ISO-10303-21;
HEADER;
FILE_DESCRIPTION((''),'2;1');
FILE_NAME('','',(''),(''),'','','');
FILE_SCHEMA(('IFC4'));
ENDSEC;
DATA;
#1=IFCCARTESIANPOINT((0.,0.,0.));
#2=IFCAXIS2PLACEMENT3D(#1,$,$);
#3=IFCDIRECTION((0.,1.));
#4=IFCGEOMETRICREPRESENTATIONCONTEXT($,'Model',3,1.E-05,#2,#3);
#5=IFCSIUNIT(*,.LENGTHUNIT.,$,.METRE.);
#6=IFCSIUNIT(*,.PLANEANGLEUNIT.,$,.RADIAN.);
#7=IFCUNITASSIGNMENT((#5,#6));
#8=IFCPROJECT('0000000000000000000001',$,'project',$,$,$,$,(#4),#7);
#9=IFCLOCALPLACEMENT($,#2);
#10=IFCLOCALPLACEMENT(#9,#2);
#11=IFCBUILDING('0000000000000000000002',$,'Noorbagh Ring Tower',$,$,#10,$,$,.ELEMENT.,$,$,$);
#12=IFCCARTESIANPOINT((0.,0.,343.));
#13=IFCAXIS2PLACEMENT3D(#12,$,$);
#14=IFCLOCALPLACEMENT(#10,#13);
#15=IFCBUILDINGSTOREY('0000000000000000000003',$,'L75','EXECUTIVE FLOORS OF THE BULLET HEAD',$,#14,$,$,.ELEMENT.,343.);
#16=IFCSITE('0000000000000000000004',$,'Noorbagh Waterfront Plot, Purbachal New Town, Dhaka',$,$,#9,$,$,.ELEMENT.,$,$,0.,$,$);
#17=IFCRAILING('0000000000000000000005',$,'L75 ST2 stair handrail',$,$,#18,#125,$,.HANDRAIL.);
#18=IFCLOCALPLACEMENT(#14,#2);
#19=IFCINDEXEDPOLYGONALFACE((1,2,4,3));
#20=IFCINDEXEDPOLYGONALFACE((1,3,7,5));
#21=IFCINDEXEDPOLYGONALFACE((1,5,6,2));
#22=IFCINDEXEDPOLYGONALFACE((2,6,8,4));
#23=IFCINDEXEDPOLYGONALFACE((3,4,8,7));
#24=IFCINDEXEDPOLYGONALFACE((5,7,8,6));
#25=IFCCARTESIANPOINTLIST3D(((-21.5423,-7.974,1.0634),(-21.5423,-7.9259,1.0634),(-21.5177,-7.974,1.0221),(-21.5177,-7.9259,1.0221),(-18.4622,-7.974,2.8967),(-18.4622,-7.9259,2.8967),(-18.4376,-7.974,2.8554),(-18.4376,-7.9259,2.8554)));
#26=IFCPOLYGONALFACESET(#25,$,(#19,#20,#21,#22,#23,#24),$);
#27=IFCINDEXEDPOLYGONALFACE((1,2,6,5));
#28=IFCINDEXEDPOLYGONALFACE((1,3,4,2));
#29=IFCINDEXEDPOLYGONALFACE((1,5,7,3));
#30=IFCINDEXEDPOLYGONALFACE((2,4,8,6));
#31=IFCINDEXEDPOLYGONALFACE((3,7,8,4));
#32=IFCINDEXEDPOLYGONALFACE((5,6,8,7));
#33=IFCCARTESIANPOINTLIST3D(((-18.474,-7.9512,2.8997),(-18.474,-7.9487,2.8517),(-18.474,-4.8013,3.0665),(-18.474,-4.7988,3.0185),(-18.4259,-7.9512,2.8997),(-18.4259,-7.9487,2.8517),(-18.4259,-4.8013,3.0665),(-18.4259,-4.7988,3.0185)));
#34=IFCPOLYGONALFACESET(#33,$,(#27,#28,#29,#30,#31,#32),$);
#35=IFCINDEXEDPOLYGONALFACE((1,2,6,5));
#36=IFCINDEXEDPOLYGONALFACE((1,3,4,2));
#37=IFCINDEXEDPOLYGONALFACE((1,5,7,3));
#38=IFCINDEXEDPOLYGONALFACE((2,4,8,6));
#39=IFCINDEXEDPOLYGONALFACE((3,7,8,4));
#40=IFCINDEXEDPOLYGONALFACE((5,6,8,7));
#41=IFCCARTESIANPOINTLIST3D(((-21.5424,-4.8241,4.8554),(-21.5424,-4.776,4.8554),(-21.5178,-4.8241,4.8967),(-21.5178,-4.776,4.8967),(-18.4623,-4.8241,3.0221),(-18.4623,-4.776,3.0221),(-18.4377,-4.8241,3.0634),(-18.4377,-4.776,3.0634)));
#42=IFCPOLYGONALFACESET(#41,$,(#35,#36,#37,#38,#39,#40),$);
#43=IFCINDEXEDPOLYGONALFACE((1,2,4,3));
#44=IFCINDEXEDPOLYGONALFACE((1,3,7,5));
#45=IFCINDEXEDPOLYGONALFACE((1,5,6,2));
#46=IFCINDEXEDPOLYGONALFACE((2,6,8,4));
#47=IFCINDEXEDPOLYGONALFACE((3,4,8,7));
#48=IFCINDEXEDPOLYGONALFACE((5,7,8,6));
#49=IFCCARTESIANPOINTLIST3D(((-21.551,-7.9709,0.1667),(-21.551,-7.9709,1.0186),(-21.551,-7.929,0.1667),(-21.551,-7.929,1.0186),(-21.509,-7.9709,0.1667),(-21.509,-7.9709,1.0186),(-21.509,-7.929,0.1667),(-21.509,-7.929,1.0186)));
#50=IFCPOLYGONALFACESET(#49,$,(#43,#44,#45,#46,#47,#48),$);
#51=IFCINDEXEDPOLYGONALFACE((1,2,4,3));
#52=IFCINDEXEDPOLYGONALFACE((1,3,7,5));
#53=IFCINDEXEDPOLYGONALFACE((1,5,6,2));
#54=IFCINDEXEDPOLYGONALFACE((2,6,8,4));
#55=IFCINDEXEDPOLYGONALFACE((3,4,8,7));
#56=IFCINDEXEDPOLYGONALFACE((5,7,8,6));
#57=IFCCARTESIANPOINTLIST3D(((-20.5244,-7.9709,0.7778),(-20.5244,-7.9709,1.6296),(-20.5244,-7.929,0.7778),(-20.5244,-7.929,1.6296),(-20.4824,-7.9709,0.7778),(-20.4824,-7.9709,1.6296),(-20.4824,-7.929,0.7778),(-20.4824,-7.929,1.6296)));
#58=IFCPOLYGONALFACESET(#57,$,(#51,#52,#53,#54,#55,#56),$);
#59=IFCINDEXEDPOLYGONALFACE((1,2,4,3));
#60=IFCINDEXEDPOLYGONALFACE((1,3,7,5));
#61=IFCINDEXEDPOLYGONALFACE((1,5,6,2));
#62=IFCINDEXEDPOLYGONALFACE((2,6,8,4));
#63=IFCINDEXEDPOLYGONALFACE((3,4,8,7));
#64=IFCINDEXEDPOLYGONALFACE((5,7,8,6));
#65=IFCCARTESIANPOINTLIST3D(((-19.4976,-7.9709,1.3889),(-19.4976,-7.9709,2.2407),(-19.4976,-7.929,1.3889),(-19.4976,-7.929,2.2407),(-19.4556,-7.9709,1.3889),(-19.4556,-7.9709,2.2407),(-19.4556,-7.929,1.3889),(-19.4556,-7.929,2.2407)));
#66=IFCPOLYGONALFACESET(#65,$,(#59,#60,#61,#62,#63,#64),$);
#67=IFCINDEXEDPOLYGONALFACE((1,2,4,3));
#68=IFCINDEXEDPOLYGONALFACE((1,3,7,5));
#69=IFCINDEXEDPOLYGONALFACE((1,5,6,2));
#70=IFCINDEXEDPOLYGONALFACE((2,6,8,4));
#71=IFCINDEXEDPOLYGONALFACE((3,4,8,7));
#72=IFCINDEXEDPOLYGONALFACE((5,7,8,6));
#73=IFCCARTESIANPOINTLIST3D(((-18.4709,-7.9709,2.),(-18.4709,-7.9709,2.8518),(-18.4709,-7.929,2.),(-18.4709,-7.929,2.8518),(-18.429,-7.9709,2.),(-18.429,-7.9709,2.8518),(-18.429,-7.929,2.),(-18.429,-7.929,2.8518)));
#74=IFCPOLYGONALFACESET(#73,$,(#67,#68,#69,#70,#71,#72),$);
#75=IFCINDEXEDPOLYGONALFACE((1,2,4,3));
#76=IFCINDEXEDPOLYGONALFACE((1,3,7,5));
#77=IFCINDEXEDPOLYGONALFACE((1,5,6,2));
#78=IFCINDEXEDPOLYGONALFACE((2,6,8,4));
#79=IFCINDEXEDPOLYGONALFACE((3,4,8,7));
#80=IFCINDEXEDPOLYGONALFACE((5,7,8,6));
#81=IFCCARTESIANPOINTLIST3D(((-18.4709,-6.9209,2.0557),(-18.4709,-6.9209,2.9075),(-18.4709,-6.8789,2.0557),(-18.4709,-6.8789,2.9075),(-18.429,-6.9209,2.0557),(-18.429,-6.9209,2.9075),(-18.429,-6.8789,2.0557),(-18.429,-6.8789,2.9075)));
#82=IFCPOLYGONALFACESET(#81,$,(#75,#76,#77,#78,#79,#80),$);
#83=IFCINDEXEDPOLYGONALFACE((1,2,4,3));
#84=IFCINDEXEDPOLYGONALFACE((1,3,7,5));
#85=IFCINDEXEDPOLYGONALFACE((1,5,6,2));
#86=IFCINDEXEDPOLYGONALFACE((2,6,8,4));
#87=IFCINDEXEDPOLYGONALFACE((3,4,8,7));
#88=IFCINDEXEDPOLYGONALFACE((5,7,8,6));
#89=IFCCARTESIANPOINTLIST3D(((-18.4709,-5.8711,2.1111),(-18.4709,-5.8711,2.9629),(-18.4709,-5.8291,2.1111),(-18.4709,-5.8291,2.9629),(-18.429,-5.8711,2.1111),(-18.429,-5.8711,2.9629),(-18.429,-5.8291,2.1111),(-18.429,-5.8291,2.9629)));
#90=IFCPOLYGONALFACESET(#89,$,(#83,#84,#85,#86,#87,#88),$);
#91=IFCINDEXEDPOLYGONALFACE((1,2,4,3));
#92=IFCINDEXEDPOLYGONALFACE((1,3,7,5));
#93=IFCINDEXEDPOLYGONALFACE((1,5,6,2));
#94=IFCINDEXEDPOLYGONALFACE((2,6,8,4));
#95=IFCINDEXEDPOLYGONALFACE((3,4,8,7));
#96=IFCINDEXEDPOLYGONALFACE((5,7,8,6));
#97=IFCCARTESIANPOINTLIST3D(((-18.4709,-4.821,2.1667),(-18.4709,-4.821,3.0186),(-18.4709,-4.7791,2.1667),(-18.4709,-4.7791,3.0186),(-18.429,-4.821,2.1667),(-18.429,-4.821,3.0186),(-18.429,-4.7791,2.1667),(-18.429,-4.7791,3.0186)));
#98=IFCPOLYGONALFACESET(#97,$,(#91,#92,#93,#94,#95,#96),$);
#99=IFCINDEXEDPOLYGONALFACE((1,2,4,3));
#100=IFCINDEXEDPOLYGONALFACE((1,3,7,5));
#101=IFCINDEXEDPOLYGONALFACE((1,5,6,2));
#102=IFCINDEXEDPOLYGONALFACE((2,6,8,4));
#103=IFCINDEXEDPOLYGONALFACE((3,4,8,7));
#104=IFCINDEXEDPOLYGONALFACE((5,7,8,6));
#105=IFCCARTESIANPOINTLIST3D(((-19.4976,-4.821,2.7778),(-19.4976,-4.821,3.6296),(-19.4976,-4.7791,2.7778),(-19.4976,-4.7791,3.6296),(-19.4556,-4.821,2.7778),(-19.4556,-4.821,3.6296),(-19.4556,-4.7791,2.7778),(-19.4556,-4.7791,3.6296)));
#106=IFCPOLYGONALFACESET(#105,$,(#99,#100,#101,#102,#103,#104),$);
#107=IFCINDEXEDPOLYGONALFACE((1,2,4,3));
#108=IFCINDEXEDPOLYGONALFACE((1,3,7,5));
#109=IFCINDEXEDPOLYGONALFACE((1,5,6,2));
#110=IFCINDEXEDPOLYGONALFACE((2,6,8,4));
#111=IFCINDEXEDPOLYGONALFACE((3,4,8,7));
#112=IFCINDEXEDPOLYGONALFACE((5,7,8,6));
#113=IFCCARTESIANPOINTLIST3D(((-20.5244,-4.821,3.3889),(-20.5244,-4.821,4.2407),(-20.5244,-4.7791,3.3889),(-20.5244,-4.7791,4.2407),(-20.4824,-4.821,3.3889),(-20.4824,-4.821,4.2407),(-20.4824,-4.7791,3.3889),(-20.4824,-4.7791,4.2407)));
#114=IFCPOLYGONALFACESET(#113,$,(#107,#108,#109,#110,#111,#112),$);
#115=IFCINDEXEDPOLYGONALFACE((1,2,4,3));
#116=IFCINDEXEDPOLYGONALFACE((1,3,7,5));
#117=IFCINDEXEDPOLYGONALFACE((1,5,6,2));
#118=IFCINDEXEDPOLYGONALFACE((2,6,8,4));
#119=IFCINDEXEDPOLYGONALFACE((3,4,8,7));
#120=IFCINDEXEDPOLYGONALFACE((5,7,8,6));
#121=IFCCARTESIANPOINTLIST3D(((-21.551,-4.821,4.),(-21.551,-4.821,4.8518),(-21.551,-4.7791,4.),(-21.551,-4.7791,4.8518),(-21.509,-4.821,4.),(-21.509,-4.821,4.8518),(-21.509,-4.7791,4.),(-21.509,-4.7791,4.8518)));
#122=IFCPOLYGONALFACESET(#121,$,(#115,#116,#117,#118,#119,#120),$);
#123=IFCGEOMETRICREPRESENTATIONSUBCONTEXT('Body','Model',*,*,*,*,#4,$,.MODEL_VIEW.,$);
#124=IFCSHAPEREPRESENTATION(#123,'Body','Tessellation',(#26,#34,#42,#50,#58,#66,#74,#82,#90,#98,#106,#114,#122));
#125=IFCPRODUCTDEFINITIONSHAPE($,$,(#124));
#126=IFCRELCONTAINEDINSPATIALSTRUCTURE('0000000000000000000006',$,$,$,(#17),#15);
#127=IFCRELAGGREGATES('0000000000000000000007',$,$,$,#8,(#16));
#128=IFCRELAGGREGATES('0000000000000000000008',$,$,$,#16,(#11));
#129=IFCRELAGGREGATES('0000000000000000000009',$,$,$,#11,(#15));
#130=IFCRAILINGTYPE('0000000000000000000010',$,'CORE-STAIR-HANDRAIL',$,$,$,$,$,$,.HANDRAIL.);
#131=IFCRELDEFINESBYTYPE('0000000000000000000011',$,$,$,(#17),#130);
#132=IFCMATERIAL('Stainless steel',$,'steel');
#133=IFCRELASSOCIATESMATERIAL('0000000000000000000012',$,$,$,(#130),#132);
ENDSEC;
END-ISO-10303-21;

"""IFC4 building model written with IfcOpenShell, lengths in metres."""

from ifc_helpers import new_model, si_unit, direction, frame, origin, origin_2d, place, context, subcontext, project, spatial, rectangle, extrude, material, type_object, element, save


model = new_model("IFC4")

# Units and contexts
model_context = context("Model", 3, precision=1e-05, world=origin(), true_north=direction((0.0, 1.0)))
body_context = subcontext(model_context, "Body", "Model", "MODEL_VIEW")
ifc_project = project(units=[si_unit("LENGTHUNIT", "METRE"), si_unit("PLANEANGLEUNIT", "RADIAN")], contexts=[model_context])

# Site, building, storey
site_placement = place(None, origin())
site = spatial("IfcSite", under=ifc_project, at=site_placement, Name="Noorbagh Waterfront Plot, Purbachal New Town, Dhaka", CompositionType="ELEMENT", RefElevation=0.0)
building_placement = place(site_placement, origin())
building = spatial("IfcBuilding", under=site, at=building_placement, Name="Noorbagh Ring Tower", CompositionType="ELEMENT")
storey_placement = place(building_placement, frame((0.0, 0.0, 343.0)))
storey = spatial("IfcBuildingStorey", under=building, at=storey_placement, Name="L75", Description="EXECUTIVE FLOORS OF THE BULLET HEAD", CompositionType="ELEMENT", Elevation=343.0)

# Railing
ifc_material_1 = material(Name="Stainless steel", Category="steel")
railing_type_1 = type_object("IfcRailingType", Name="CORE-STAIR-HANDRAIL", PredefinedType="HANDRAIL", material=ifc_material_1)
railing_1_placement = place(storey_placement, frame((-21.53, -7.95, 0.1667)))
element("IfcRailing", 1, at=railing_1_placement, inside=storey, type_object=railing_type_1, Name="L75 ST2 stair handrail", PredefinedType="HANDRAIL", context=body_context, shape_type="SweptSolid", body=[
    extrude(rectangle(XDim=0.0481, YDim=0.0481, at=origin_2d()), frame((0.0, 0.0, 0.876), z_axis=(0.859309, 0.0, 0.511458), x_axis=(0.0, 1.0, 0.0)), (0.0, 0.0, 1.0), 3.5845),
    extrude(rectangle(XDim=0.0481, YDim=0.0481, at=origin_2d()), frame((3.0801, 0.0, 2.709), z_axis=(0.0, 0.998602, 0.052864), x_axis=(-1.0, 0.0, 0.0)), (0.0, 0.0, 1.0), 3.1543),
    extrude(rectangle(XDim=0.0481, YDim=0.0481, at=origin_2d()), frame((3.0801, 3.1499, 2.876), z_axis=(-0.859309, 0.0, 0.511458), x_axis=(0.0, -1.0, 0.0)), (0.0, 0.0, 1.0), 3.5845),
    extrude(rectangle(XDim=0.042, YDim=0.042, at=origin_2d()), origin(), (0.0, 0.0, 1.0), 0.8518),
    extrude(rectangle(XDim=0.042, YDim=0.042, at=origin_2d()), frame((1.0266, 0.0, 0.6111)), (0.0, 0.0, 1.0), 0.8518),
    extrude(rectangle(XDim=0.042, YDim=0.042, at=origin_2d()), frame((2.0535, 0.0, 1.2222)), (0.0, 0.0, 1.0), 0.8518),
    extrude(rectangle(XDim=0.042, YDim=0.042, at=origin_2d()), frame((3.0801, 0.0, 1.8333)), (0.0, 0.0, 1.0), 0.8518),
    extrude(rectangle(XDim=0.042, YDim=0.042, at=origin_2d()), frame((3.0801, 1.05, 1.8889)), (0.0, 0.0, 1.0), 0.8518),
    extrude(rectangle(XDim=0.042, YDim=0.042, at=origin_2d()), frame((3.0801, 2.0999, 1.9443)), (0.0, 0.0, 1.0), 0.8518),
    extrude(rectangle(XDim=0.042, YDim=0.042, at=origin_2d()), frame((3.0801, 3.1499, 2.0)), (0.0, 0.0, 1.0), 0.8518),
    extrude(rectangle(XDim=0.042, YDim=0.042, at=origin_2d()), frame((2.0535, 3.1499, 2.6111)), (0.0, 0.0, 1.0), 0.8518),
    extrude(rectangle(XDim=0.042, YDim=0.042, at=origin_2d()), frame((1.0266, 3.1499, 3.2222)), (0.0, 0.0, 1.0), 0.8518),
    extrude(rectangle(XDim=0.042, YDim=0.042, at=origin_2d()), frame((0.0, 3.1499, 3.8333)), (0.0, 0.0, 1.0), 0.8518),
])

save(model, "model.ifc")
